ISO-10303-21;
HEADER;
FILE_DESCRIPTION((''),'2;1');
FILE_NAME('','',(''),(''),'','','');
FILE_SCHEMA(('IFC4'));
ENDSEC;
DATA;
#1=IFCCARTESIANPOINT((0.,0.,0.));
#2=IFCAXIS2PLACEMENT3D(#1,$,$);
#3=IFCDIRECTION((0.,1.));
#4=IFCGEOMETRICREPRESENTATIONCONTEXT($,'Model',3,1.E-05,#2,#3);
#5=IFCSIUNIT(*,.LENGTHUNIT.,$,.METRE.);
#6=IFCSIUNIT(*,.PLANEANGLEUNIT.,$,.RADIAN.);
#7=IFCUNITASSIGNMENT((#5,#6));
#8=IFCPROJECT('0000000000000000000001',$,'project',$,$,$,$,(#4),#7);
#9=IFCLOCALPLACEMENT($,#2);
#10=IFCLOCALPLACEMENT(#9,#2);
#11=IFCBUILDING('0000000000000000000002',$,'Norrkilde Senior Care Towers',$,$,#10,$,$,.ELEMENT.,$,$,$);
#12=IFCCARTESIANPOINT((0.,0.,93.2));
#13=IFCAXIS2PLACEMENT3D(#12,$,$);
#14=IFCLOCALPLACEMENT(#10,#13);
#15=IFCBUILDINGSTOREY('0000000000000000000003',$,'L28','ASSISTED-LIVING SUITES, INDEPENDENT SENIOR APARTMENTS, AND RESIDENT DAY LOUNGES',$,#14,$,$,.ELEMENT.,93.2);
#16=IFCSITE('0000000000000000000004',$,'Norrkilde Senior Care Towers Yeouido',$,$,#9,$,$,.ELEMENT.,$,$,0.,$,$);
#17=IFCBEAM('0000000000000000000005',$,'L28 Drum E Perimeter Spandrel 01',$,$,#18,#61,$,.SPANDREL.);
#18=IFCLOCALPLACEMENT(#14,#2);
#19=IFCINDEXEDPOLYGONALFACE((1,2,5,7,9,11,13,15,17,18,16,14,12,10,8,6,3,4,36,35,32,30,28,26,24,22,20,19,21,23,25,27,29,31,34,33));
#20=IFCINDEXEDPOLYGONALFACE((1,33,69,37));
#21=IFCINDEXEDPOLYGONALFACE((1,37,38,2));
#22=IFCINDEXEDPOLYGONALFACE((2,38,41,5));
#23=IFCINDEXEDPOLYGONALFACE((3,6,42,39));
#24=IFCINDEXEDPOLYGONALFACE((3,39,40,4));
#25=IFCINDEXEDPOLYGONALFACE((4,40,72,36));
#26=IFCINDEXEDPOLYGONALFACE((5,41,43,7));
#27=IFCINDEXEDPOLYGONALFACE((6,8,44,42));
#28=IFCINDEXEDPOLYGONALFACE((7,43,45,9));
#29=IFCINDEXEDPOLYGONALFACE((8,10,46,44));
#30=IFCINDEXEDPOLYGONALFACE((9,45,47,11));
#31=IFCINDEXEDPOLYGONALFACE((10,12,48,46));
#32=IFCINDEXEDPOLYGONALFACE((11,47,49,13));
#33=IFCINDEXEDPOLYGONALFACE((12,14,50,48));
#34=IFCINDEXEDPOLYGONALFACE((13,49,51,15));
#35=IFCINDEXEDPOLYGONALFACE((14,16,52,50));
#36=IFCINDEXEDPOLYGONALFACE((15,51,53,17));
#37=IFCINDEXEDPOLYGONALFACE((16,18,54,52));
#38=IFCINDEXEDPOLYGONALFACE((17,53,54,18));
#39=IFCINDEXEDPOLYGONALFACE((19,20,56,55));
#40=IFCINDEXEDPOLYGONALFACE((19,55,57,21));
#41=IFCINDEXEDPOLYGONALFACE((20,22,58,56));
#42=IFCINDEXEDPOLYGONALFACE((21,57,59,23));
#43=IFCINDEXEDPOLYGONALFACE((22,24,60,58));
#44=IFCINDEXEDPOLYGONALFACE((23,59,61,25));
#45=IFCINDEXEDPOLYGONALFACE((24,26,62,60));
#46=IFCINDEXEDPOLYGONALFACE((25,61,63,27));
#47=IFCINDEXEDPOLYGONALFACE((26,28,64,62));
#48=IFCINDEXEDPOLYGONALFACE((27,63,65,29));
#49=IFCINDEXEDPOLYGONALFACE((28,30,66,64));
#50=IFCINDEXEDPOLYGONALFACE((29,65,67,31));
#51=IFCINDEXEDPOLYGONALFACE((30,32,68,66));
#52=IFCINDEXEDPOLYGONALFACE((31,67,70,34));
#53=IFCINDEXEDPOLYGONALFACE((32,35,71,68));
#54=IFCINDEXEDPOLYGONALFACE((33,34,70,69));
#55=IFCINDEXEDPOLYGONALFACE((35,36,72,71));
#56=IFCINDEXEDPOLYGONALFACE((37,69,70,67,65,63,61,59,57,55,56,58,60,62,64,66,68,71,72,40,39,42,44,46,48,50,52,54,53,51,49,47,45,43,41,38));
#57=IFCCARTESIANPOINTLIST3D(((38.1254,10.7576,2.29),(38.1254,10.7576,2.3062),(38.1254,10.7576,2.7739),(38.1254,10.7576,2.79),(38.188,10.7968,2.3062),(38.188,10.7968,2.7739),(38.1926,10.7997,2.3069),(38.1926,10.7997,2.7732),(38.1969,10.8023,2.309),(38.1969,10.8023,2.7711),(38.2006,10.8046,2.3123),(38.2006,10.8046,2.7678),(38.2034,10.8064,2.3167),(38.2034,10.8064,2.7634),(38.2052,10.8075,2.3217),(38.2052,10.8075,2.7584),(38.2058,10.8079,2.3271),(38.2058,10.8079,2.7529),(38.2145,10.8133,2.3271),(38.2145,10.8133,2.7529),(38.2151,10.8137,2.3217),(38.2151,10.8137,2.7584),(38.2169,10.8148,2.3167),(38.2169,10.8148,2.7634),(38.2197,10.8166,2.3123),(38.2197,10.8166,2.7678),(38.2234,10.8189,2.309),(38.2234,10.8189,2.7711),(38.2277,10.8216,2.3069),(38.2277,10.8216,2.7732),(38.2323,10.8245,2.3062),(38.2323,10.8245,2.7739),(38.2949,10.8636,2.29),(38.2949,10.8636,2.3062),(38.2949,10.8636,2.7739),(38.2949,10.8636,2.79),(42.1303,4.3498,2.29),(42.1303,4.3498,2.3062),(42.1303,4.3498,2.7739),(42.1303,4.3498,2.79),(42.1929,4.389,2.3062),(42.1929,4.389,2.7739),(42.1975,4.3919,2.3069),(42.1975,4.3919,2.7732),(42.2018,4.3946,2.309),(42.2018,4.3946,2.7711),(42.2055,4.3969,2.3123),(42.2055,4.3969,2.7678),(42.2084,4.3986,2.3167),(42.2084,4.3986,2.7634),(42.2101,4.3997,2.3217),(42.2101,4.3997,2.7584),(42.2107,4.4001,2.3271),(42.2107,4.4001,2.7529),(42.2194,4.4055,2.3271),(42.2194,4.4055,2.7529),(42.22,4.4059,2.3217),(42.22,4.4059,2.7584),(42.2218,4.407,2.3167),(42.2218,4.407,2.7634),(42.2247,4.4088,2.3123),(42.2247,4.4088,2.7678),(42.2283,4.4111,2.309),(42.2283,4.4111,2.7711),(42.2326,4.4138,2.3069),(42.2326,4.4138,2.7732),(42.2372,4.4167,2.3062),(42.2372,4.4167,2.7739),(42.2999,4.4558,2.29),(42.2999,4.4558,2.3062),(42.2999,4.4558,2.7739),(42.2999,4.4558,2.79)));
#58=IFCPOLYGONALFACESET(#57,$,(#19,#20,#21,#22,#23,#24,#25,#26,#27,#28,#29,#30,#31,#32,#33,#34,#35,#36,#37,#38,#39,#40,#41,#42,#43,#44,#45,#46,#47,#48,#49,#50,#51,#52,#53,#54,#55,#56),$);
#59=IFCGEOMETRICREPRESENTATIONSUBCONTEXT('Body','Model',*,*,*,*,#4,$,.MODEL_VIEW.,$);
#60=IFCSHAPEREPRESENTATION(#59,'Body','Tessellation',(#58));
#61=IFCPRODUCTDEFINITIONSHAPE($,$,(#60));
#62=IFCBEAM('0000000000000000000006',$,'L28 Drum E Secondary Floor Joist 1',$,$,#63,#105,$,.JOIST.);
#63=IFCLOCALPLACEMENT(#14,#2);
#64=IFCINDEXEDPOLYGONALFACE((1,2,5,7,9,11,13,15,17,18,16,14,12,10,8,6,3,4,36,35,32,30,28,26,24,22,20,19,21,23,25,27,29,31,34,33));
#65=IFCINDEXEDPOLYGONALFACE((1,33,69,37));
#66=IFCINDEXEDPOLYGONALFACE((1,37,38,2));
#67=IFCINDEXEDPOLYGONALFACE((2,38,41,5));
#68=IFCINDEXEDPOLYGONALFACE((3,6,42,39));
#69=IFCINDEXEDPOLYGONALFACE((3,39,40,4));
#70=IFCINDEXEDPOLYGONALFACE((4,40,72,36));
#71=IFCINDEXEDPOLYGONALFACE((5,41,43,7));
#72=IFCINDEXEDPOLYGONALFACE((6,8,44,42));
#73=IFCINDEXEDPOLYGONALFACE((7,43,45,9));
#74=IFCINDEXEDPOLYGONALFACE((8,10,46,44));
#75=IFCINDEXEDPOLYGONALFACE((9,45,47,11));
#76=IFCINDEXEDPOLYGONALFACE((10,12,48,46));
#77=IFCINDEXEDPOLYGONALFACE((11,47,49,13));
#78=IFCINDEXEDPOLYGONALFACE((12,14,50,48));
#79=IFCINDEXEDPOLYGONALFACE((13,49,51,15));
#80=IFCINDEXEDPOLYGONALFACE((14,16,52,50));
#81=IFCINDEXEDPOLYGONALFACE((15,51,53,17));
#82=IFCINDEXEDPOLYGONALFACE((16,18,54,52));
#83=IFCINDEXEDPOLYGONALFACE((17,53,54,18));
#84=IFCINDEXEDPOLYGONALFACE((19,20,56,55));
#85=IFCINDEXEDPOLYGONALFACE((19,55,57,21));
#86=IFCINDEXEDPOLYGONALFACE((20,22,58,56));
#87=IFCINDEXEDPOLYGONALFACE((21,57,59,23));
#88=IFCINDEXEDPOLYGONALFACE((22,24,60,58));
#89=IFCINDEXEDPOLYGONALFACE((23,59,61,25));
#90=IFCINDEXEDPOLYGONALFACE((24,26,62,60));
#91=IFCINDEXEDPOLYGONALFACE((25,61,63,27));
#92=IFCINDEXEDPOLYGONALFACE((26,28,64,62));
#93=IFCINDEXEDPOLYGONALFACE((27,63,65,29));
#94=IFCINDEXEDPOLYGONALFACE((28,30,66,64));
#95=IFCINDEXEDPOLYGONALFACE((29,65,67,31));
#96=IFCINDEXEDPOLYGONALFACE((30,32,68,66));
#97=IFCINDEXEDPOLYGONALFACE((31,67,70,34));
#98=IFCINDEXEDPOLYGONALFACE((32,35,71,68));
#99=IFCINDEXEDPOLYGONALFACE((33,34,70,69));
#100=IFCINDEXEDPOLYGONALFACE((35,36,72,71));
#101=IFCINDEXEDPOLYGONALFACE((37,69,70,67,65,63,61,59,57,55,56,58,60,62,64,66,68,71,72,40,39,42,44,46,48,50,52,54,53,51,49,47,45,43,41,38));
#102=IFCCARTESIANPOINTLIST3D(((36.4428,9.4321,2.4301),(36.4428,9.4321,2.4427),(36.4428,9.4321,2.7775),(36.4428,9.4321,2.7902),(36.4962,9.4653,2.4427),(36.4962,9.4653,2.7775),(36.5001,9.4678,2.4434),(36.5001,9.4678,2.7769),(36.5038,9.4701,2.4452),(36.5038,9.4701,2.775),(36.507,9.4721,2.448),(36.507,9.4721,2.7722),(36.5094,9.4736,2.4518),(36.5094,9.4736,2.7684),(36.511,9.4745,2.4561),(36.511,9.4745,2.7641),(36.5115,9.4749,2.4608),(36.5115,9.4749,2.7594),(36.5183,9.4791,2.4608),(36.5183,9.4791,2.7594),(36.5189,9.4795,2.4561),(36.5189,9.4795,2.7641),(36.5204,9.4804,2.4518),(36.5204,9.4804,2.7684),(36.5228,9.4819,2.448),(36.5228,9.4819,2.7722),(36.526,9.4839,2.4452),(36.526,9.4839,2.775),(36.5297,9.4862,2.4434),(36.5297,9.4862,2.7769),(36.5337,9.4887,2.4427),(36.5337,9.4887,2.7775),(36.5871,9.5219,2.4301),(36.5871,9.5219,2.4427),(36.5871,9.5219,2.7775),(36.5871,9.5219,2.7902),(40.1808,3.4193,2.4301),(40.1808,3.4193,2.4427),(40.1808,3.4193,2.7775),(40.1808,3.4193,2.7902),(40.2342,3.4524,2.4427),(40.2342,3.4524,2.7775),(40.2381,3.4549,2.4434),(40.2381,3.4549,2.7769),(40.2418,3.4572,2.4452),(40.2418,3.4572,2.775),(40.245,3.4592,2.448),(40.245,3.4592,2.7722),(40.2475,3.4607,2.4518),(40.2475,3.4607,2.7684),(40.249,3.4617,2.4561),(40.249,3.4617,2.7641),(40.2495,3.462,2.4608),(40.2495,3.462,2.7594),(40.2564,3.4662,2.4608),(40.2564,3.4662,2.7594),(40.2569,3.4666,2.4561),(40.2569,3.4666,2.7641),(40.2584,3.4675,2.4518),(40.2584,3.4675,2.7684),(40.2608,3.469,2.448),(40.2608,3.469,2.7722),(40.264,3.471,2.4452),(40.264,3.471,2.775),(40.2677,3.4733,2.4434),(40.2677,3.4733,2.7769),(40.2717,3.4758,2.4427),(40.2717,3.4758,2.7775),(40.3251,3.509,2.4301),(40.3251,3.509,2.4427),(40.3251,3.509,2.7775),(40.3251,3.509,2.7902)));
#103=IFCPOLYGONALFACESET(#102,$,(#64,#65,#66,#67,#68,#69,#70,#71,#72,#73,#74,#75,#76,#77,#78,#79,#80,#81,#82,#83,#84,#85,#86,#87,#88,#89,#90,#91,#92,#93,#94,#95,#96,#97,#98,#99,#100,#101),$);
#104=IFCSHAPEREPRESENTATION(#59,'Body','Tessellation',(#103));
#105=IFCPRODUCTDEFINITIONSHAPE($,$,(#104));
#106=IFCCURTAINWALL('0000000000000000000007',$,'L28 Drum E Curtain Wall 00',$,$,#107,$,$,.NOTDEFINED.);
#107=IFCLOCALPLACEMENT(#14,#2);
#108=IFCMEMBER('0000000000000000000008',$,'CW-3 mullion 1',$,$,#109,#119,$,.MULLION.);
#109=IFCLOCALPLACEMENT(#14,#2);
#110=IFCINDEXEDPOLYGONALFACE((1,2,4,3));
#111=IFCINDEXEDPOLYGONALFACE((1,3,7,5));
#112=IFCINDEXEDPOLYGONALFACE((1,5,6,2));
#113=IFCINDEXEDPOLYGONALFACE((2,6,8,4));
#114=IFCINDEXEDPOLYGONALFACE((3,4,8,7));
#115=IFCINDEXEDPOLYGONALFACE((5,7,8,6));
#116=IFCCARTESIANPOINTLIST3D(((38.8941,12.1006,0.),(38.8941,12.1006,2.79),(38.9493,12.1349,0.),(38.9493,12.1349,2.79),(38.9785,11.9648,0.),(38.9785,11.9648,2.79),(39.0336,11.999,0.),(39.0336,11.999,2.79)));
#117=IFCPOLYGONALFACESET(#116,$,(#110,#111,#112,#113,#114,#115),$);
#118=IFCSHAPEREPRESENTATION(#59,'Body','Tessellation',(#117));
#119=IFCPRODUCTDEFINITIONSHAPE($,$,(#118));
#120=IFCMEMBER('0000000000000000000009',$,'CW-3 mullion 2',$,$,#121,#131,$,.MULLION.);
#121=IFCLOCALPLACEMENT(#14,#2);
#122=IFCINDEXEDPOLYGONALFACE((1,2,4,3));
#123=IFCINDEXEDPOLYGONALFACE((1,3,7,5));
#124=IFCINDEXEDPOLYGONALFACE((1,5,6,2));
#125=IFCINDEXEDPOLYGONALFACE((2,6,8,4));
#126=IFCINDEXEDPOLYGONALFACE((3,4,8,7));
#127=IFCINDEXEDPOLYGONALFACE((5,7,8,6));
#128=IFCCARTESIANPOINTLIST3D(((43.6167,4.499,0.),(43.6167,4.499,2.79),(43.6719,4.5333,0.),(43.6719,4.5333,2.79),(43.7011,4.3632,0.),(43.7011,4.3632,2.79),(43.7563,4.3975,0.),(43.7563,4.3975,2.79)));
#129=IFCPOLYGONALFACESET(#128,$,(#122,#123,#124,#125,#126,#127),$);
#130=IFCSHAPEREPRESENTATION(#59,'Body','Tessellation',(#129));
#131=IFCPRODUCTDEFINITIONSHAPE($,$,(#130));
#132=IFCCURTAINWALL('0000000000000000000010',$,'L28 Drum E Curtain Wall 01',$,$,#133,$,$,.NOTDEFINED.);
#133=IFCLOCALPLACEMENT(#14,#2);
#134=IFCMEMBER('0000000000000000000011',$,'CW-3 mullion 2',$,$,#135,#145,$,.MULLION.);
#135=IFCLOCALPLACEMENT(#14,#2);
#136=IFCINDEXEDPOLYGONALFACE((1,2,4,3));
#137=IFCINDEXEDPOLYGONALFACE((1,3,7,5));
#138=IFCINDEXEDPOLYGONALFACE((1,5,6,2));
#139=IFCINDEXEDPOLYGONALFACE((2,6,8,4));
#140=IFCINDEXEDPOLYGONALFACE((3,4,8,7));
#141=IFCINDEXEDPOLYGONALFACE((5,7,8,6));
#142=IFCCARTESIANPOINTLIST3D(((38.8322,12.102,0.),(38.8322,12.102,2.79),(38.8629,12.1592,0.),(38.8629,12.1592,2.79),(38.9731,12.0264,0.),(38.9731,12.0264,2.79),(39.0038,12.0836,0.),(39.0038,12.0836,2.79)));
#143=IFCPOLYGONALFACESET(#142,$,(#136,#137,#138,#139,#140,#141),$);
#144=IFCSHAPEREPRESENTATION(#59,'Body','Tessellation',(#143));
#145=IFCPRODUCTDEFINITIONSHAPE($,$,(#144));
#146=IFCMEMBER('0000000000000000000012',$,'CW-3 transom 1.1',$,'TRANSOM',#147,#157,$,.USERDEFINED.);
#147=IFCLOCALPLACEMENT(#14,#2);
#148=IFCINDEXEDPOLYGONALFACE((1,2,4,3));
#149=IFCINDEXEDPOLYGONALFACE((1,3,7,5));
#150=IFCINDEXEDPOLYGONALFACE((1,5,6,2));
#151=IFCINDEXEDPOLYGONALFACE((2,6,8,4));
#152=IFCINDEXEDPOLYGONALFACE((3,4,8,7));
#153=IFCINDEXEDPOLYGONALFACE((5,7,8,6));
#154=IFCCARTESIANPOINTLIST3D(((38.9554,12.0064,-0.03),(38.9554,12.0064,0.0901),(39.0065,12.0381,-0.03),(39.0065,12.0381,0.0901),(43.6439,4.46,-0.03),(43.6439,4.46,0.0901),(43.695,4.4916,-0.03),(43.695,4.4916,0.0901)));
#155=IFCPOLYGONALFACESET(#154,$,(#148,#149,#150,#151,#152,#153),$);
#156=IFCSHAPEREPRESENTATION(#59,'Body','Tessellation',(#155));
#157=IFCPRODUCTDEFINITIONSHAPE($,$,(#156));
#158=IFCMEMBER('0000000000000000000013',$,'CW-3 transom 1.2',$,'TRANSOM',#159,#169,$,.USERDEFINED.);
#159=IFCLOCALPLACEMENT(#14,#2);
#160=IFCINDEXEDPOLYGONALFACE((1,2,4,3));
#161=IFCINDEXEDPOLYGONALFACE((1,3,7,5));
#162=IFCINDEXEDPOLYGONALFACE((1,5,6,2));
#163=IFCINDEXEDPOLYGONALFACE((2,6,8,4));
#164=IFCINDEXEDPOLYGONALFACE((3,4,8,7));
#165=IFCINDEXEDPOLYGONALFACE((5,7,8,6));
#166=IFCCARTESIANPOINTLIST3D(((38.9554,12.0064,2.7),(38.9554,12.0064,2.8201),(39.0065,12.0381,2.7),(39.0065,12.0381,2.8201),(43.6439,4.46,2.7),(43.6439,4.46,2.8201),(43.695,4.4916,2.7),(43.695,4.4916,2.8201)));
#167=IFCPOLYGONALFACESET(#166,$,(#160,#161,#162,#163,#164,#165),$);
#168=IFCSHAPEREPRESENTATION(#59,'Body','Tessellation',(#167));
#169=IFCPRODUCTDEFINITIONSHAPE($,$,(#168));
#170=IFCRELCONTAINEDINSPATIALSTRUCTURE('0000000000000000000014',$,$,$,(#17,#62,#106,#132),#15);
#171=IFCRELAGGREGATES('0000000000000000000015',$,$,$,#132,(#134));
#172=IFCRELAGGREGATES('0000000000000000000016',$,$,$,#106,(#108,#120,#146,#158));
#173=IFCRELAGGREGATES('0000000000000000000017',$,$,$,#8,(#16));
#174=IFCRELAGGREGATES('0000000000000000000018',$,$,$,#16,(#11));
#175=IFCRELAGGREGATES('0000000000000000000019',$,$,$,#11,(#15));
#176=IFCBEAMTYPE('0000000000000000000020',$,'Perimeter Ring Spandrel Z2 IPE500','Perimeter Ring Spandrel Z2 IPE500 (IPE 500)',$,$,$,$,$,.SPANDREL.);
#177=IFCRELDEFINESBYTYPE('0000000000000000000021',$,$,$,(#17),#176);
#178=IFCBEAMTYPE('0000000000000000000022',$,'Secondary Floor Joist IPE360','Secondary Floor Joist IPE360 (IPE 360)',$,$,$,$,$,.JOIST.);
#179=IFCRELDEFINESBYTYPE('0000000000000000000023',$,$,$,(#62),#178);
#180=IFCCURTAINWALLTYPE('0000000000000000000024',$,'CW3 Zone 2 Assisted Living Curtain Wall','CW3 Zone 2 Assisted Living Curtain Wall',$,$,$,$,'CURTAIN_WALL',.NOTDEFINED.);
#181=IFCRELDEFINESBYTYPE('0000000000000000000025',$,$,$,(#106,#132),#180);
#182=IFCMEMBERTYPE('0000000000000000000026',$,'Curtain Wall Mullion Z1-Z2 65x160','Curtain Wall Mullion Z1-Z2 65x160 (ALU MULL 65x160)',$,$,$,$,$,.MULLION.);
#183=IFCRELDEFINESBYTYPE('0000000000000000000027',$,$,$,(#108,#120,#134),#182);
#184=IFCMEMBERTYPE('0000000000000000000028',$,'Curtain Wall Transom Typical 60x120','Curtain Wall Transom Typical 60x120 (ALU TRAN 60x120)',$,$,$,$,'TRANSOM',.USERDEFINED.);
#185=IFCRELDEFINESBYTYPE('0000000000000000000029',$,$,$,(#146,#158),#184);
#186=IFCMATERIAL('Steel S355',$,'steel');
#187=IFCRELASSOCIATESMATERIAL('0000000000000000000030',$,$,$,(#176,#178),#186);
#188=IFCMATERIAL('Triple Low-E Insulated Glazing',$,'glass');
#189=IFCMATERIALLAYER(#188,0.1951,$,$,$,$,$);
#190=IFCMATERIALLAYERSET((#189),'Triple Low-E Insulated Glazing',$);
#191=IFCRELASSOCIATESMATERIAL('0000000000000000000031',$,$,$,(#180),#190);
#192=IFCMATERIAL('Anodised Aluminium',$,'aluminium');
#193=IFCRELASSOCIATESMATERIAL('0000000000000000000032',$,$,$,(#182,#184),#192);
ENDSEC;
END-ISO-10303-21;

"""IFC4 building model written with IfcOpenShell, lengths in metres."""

from ifc_helpers import new_model, si_unit, direction, frame, origin, origin_2d, place, context, subcontext, project, spatial, rectangle, i_section, extrude, source, transform, mapped, material, layer, layer_set, material_profile, profile_set, type_object, type_shapes, element, aggregate, save


model = new_model("IFC4")

# Units and contexts
model_context = context("Model", 3, precision=1e-05, world=origin(), true_north=direction((0.0, 1.0)))
body_context = subcontext(model_context, "Body", "Model", "MODEL_VIEW")
ifc_project = project(units=[si_unit("LENGTHUNIT", "METRE"), si_unit("PLANEANGLEUNIT", "RADIAN")], contexts=[model_context])

# Site, building, storey
site_placement = place(None, origin())
site = spatial("IfcSite", under=ifc_project, at=site_placement, Name="Norrkilde Senior Care Towers Yeouido", CompositionType="ELEMENT", RefElevation=0.0)
building_placement = place(site_placement, origin())
building = spatial("IfcBuilding", under=site, at=building_placement, Name="Norrkilde Senior Care Towers", CompositionType="ELEMENT")
storey_placement = place(building_placement, frame((0.0, 0.0, 93.2)))
storey = spatial("IfcBuildingStorey", under=building, at=storey_placement, Name="L28", Description="ASSISTED-LIVING SUITES, INDEPENDENT SENIOR APARTMENTS, AND RESIDENT DAY LOUNGES", CompositionType="ELEMENT", Elevation=93.2)

# Beams
ifc_material_1 = material(Name="Steel S355", Category="steel")
ifc_material_profile_1 = material_profile(ifc_material_1, i_section(OverallWidth=0.2, OverallDepth=0.5, WebThickness=0.0103, FlangeThickness=0.0161, FilletRadius=0.021, at=origin_2d()), Name="IPE 500")
ifc_profile_set_1 = profile_set([ifc_material_profile_1], Name="Steel S355")
beam_type_1 = type_object("IfcBeamType", Name="Perimeter Ring Spandrel Z2 IPE500", Description="Perimeter Ring Spandrel Z2 IPE500 (IPE 500)", PredefinedType="SPANDREL", material=ifc_profile_set_1)
shared_shape_1 = source(origin(), body_context, "Body", "SweptSolid", [
    extrude(i_section(OverallWidth=0.2, OverallDepth=0.5, WebThickness=0.0103, FlangeThickness=0.0161, FilletRadius=0.021, at=origin_2d()), origin(), (0.0, 0.0, 1.0), 7.5564),
])
beam_1_placement = place(storey_placement, frame((42.2151, 4.4028, 2.54), z_axis=(-0.530005, 0.847995, 0.0), x_axis=(-0.847995, -0.530005, 0.0)))
element("IfcBeam", 1, at=beam_1_placement, inside=storey, type_object=beam_type_1, Name="L28 Drum E Perimeter Spandrel 01", PredefinedType="SPANDREL", context=body_context, shape_type="MappedRepresentation", body=[
    mapped(shared_shape_1, transform((0.0, 0.0, 0.0), x_axis=(1.0, 0.0, 0.0), y_axis=(0.0, 1.0, 0.0), z_axis=(0.0, 0.0, 1.0), scale=1.0)),
])
ifc_material_profile_2 = material_profile(ifc_material_1, i_section(OverallWidth=0.1699, OverallDepth=0.3601, WebThickness=0.0081, FlangeThickness=0.0127, FilletRadius=0.0181, at=origin_2d()), Name="IPE 360")
ifc_profile_set_2 = profile_set([ifc_material_profile_2], Name="Steel S355")
beam_type_2 = type_object("IfcBeamType", Name="Secondary Floor Joist IPE360", Description="Secondary Floor Joist IPE360 (IPE 360)", PredefinedType="JOIST", material=ifc_profile_set_2)
shared_shape_2 = source(origin(), body_context, "Body", "SweptSolid", [
    extrude(i_section(OverallWidth=0.1699, OverallDepth=0.3601, WebThickness=0.0081, FlangeThickness=0.0127, FilletRadius=0.0181, at=origin_2d()), origin(), (0.0, 0.0, 1.0), 7.0801),
])
type_shapes(beam_type_2, [shared_shape_2])
beam_2_placement = place(storey_placement, frame((40.2529, 3.4641, 2.6101), z_axis=(-0.527961, 0.849269, 0.0), x_axis=(-0.849269, -0.527961, 0.0)))
element("IfcBeam", 2, at=beam_2_placement, inside=storey, type_object=beam_type_2, Name="L28 Drum E Secondary Floor Joist 1", PredefinedType="JOIST", context=body_context, shape_type="MappedRepresentation", body=[
    mapped(shared_shape_2, transform((0.0, 0.0, 0.0), x_axis=(1.0, 0.0, 0.0), y_axis=(0.0, 1.0, 0.0), z_axis=(0.0, 0.0, 1.0), scale=1.0)),
])

# Curtain wall, members
ifc_material_2 = material(Name="Triple Low-E Insulated Glazing", Category="glass")
ifc_layer_1 = layer(ifc_material_2, 0.1951)
ifc_layer_set_1 = layer_set([ifc_layer_1], Name="Triple Low-E Insulated Glazing")
curtain_wall_type = type_object("IfcCurtainWallType", Name="CW3 Zone 2 Assisted Living Curtain Wall", Description="CW3 Zone 2 Assisted Living Curtain Wall", ElementType="CURTAIN_WALL", PredefinedType="NOTDEFINED", material=ifc_layer_set_1)
curtain_wall_1_placement = place(storey_placement, origin())
curtain_wall_1 = element("IfcCurtainWall", 3, at=curtain_wall_1_placement, inside=storey, type_object=curtain_wall_type, Name="L28 Drum E Curtain Wall 00", PredefinedType="NOTDEFINED")
ifc_material_3 = material(Name="Anodised Aluminium", Category="aluminium")
ifc_material_profile_3 = material_profile(ifc_material_3, rectangle(XDim=0.0649, YDim=0.1599, at=origin_2d()), Name="ALU MULL 65x160")
ifc_profile_set_3 = profile_set([ifc_material_profile_3], Name="Anodised Aluminium")
member_type_1 = type_object("IfcMemberType", Name="Curtain Wall Mullion Z1-Z2 65x160", Description="Curtain Wall Mullion Z1-Z2 65x160 (ALU MULL 65x160)", PredefinedType="MULLION", material=ifc_profile_set_3)
shared_shape_3 = source(origin(), body_context, "Body", "SweptSolid", [
    extrude(rectangle(XDim=0.0649, YDim=0.1599, at=origin_2d()), origin(), (0.0, 0.0, 1.0), 2.79),
])
type_shapes(member_type_1, [shared_shape_3])
member_1_placement = place(storey_placement, frame((38.9639, 12.0498, 0.0), z_axis=(0.0, 0.0, 1.0), x_axis=(0.84941, 0.527733, 0.0)))
member_1 = element("IfcMember", 4, at=member_1_placement, type_object=member_type_1, Name="CW-3 mullion 1", PredefinedType="MULLION", context=body_context, shape_type="MappedRepresentation", body=[
    mapped(shared_shape_3, transform((0.0, 0.0, 0.0), x_axis=(1.0, 0.0, 0.0), y_axis=(0.0, 1.0, 0.0), z_axis=(0.0, 0.0, 1.0), scale=1.0)),
])
member_2_placement = place(storey_placement, frame((43.6865, 4.4482, 0.0), z_axis=(0.0, 0.0, 1.0), x_axis=(0.84941, 0.527733, 0.0)))
member_2 = element("IfcMember", 5, at=member_2_placement, type_object=member_type_1, Name="CW-3 mullion 2", PredefinedType="MULLION", context=body_context, shape_type="MappedRepresentation", body=[
    mapped(shared_shape_3, transform((0.0, 0.0, 0.0), x_axis=(1.0, 0.0, 0.0), y_axis=(0.0, 1.0, 0.0), z_axis=(0.0, 0.0, 1.0), scale=1.0)),
])

# Curtain wall, member
curtain_wall_2_placement = place(storey_placement, origin())
curtain_wall_2 = element("IfcCurtainWall", 6, at=curtain_wall_2_placement, inside=storey, type_object=curtain_wall_type, Name="L28 Drum E Curtain Wall 01", PredefinedType="NOTDEFINED")
member_3_placement = place(storey_placement, frame((38.918, 12.0928, 0.0), z_axis=(0.0, 0.0, 1.0), x_axis=(0.472769, 0.881186, 0.0)))
member_3 = element("IfcMember", 7, at=member_3_placement, type_object=member_type_1, Name="CW-3 mullion 2", PredefinedType="MULLION", context=body_context, shape_type="MappedRepresentation", body=[
    mapped(shared_shape_3, transform((0.0, 0.0, 0.0), x_axis=(1.0, 0.0, 0.0), y_axis=(0.0, 1.0, 0.0), z_axis=(0.0, 0.0, 1.0), scale=1.0)),
])
aggregate(curtain_wall_2, [member_3])

# Members
ifc_material_profile_4 = material_profile(ifc_material_3, rectangle(XDim=0.0601, YDim=0.1201, at=origin_2d()), Name="ALU TRAN 60x120")
ifc_profile_set_4 = profile_set([ifc_material_profile_4], Name="Anodised Aluminium")
member_type_2 = type_object("IfcMemberType", Name="Curtain Wall Transom Typical 60x120", Description="Curtain Wall Transom Typical 60x120 (ALU TRAN 60x120)", ElementType="TRANSOM", PredefinedType="USERDEFINED", material=ifc_profile_set_4)
shared_shape_4 = source(origin(), body_context, "Body", "SweptSolid", [
    extrude(rectangle(XDim=0.0601, YDim=0.1201, at=origin_2d()), origin(), (0.0, 0.0, 1.0), 8.8843),
])
type_shapes(member_type_2, [shared_shape_4])
member_4_placement = place(storey_placement, frame((38.981, 12.0222, 0.03), z_axis=(0.527729, -0.849413, 0.0), x_axis=(0.849413, 0.527729, 0.0)))
member_4 = element("IfcMember", 8, at=member_4_placement, type_object=member_type_2, Name="CW-3 transom 1.1", ObjectType="TRANSOM", PredefinedType="USERDEFINED", context=body_context, shape_type="MappedRepresentation", body=[
    mapped(shared_shape_4, transform((0.0, 0.0, 0.0), x_axis=(1.0, 0.0, 0.0), y_axis=(0.0, 1.0, 0.0), z_axis=(0.0, 0.0, 1.0), scale=1.0)),
])
member_5_placement = place(storey_placement, frame((38.981, 12.0222, 2.76), z_axis=(0.527729, -0.849413, 0.0), x_axis=(0.849413, 0.527729, 0.0)))
member_5 = element("IfcMember", 9, at=member_5_placement, type_object=member_type_2, Name="CW-3 transom 1.2", ObjectType="TRANSOM", PredefinedType="USERDEFINED", context=body_context, shape_type="MappedRepresentation", body=[
    mapped(shared_shape_4, transform((0.0, 0.0, 0.0), x_axis=(1.0, 0.0, 0.0), y_axis=(0.0, 1.0, 0.0), z_axis=(0.0, 0.0, 1.0), scale=1.0)),
])

aggregate(curtain_wall_1, [member_1, member_2, member_4, member_5])

save(model, "model.ifc")
